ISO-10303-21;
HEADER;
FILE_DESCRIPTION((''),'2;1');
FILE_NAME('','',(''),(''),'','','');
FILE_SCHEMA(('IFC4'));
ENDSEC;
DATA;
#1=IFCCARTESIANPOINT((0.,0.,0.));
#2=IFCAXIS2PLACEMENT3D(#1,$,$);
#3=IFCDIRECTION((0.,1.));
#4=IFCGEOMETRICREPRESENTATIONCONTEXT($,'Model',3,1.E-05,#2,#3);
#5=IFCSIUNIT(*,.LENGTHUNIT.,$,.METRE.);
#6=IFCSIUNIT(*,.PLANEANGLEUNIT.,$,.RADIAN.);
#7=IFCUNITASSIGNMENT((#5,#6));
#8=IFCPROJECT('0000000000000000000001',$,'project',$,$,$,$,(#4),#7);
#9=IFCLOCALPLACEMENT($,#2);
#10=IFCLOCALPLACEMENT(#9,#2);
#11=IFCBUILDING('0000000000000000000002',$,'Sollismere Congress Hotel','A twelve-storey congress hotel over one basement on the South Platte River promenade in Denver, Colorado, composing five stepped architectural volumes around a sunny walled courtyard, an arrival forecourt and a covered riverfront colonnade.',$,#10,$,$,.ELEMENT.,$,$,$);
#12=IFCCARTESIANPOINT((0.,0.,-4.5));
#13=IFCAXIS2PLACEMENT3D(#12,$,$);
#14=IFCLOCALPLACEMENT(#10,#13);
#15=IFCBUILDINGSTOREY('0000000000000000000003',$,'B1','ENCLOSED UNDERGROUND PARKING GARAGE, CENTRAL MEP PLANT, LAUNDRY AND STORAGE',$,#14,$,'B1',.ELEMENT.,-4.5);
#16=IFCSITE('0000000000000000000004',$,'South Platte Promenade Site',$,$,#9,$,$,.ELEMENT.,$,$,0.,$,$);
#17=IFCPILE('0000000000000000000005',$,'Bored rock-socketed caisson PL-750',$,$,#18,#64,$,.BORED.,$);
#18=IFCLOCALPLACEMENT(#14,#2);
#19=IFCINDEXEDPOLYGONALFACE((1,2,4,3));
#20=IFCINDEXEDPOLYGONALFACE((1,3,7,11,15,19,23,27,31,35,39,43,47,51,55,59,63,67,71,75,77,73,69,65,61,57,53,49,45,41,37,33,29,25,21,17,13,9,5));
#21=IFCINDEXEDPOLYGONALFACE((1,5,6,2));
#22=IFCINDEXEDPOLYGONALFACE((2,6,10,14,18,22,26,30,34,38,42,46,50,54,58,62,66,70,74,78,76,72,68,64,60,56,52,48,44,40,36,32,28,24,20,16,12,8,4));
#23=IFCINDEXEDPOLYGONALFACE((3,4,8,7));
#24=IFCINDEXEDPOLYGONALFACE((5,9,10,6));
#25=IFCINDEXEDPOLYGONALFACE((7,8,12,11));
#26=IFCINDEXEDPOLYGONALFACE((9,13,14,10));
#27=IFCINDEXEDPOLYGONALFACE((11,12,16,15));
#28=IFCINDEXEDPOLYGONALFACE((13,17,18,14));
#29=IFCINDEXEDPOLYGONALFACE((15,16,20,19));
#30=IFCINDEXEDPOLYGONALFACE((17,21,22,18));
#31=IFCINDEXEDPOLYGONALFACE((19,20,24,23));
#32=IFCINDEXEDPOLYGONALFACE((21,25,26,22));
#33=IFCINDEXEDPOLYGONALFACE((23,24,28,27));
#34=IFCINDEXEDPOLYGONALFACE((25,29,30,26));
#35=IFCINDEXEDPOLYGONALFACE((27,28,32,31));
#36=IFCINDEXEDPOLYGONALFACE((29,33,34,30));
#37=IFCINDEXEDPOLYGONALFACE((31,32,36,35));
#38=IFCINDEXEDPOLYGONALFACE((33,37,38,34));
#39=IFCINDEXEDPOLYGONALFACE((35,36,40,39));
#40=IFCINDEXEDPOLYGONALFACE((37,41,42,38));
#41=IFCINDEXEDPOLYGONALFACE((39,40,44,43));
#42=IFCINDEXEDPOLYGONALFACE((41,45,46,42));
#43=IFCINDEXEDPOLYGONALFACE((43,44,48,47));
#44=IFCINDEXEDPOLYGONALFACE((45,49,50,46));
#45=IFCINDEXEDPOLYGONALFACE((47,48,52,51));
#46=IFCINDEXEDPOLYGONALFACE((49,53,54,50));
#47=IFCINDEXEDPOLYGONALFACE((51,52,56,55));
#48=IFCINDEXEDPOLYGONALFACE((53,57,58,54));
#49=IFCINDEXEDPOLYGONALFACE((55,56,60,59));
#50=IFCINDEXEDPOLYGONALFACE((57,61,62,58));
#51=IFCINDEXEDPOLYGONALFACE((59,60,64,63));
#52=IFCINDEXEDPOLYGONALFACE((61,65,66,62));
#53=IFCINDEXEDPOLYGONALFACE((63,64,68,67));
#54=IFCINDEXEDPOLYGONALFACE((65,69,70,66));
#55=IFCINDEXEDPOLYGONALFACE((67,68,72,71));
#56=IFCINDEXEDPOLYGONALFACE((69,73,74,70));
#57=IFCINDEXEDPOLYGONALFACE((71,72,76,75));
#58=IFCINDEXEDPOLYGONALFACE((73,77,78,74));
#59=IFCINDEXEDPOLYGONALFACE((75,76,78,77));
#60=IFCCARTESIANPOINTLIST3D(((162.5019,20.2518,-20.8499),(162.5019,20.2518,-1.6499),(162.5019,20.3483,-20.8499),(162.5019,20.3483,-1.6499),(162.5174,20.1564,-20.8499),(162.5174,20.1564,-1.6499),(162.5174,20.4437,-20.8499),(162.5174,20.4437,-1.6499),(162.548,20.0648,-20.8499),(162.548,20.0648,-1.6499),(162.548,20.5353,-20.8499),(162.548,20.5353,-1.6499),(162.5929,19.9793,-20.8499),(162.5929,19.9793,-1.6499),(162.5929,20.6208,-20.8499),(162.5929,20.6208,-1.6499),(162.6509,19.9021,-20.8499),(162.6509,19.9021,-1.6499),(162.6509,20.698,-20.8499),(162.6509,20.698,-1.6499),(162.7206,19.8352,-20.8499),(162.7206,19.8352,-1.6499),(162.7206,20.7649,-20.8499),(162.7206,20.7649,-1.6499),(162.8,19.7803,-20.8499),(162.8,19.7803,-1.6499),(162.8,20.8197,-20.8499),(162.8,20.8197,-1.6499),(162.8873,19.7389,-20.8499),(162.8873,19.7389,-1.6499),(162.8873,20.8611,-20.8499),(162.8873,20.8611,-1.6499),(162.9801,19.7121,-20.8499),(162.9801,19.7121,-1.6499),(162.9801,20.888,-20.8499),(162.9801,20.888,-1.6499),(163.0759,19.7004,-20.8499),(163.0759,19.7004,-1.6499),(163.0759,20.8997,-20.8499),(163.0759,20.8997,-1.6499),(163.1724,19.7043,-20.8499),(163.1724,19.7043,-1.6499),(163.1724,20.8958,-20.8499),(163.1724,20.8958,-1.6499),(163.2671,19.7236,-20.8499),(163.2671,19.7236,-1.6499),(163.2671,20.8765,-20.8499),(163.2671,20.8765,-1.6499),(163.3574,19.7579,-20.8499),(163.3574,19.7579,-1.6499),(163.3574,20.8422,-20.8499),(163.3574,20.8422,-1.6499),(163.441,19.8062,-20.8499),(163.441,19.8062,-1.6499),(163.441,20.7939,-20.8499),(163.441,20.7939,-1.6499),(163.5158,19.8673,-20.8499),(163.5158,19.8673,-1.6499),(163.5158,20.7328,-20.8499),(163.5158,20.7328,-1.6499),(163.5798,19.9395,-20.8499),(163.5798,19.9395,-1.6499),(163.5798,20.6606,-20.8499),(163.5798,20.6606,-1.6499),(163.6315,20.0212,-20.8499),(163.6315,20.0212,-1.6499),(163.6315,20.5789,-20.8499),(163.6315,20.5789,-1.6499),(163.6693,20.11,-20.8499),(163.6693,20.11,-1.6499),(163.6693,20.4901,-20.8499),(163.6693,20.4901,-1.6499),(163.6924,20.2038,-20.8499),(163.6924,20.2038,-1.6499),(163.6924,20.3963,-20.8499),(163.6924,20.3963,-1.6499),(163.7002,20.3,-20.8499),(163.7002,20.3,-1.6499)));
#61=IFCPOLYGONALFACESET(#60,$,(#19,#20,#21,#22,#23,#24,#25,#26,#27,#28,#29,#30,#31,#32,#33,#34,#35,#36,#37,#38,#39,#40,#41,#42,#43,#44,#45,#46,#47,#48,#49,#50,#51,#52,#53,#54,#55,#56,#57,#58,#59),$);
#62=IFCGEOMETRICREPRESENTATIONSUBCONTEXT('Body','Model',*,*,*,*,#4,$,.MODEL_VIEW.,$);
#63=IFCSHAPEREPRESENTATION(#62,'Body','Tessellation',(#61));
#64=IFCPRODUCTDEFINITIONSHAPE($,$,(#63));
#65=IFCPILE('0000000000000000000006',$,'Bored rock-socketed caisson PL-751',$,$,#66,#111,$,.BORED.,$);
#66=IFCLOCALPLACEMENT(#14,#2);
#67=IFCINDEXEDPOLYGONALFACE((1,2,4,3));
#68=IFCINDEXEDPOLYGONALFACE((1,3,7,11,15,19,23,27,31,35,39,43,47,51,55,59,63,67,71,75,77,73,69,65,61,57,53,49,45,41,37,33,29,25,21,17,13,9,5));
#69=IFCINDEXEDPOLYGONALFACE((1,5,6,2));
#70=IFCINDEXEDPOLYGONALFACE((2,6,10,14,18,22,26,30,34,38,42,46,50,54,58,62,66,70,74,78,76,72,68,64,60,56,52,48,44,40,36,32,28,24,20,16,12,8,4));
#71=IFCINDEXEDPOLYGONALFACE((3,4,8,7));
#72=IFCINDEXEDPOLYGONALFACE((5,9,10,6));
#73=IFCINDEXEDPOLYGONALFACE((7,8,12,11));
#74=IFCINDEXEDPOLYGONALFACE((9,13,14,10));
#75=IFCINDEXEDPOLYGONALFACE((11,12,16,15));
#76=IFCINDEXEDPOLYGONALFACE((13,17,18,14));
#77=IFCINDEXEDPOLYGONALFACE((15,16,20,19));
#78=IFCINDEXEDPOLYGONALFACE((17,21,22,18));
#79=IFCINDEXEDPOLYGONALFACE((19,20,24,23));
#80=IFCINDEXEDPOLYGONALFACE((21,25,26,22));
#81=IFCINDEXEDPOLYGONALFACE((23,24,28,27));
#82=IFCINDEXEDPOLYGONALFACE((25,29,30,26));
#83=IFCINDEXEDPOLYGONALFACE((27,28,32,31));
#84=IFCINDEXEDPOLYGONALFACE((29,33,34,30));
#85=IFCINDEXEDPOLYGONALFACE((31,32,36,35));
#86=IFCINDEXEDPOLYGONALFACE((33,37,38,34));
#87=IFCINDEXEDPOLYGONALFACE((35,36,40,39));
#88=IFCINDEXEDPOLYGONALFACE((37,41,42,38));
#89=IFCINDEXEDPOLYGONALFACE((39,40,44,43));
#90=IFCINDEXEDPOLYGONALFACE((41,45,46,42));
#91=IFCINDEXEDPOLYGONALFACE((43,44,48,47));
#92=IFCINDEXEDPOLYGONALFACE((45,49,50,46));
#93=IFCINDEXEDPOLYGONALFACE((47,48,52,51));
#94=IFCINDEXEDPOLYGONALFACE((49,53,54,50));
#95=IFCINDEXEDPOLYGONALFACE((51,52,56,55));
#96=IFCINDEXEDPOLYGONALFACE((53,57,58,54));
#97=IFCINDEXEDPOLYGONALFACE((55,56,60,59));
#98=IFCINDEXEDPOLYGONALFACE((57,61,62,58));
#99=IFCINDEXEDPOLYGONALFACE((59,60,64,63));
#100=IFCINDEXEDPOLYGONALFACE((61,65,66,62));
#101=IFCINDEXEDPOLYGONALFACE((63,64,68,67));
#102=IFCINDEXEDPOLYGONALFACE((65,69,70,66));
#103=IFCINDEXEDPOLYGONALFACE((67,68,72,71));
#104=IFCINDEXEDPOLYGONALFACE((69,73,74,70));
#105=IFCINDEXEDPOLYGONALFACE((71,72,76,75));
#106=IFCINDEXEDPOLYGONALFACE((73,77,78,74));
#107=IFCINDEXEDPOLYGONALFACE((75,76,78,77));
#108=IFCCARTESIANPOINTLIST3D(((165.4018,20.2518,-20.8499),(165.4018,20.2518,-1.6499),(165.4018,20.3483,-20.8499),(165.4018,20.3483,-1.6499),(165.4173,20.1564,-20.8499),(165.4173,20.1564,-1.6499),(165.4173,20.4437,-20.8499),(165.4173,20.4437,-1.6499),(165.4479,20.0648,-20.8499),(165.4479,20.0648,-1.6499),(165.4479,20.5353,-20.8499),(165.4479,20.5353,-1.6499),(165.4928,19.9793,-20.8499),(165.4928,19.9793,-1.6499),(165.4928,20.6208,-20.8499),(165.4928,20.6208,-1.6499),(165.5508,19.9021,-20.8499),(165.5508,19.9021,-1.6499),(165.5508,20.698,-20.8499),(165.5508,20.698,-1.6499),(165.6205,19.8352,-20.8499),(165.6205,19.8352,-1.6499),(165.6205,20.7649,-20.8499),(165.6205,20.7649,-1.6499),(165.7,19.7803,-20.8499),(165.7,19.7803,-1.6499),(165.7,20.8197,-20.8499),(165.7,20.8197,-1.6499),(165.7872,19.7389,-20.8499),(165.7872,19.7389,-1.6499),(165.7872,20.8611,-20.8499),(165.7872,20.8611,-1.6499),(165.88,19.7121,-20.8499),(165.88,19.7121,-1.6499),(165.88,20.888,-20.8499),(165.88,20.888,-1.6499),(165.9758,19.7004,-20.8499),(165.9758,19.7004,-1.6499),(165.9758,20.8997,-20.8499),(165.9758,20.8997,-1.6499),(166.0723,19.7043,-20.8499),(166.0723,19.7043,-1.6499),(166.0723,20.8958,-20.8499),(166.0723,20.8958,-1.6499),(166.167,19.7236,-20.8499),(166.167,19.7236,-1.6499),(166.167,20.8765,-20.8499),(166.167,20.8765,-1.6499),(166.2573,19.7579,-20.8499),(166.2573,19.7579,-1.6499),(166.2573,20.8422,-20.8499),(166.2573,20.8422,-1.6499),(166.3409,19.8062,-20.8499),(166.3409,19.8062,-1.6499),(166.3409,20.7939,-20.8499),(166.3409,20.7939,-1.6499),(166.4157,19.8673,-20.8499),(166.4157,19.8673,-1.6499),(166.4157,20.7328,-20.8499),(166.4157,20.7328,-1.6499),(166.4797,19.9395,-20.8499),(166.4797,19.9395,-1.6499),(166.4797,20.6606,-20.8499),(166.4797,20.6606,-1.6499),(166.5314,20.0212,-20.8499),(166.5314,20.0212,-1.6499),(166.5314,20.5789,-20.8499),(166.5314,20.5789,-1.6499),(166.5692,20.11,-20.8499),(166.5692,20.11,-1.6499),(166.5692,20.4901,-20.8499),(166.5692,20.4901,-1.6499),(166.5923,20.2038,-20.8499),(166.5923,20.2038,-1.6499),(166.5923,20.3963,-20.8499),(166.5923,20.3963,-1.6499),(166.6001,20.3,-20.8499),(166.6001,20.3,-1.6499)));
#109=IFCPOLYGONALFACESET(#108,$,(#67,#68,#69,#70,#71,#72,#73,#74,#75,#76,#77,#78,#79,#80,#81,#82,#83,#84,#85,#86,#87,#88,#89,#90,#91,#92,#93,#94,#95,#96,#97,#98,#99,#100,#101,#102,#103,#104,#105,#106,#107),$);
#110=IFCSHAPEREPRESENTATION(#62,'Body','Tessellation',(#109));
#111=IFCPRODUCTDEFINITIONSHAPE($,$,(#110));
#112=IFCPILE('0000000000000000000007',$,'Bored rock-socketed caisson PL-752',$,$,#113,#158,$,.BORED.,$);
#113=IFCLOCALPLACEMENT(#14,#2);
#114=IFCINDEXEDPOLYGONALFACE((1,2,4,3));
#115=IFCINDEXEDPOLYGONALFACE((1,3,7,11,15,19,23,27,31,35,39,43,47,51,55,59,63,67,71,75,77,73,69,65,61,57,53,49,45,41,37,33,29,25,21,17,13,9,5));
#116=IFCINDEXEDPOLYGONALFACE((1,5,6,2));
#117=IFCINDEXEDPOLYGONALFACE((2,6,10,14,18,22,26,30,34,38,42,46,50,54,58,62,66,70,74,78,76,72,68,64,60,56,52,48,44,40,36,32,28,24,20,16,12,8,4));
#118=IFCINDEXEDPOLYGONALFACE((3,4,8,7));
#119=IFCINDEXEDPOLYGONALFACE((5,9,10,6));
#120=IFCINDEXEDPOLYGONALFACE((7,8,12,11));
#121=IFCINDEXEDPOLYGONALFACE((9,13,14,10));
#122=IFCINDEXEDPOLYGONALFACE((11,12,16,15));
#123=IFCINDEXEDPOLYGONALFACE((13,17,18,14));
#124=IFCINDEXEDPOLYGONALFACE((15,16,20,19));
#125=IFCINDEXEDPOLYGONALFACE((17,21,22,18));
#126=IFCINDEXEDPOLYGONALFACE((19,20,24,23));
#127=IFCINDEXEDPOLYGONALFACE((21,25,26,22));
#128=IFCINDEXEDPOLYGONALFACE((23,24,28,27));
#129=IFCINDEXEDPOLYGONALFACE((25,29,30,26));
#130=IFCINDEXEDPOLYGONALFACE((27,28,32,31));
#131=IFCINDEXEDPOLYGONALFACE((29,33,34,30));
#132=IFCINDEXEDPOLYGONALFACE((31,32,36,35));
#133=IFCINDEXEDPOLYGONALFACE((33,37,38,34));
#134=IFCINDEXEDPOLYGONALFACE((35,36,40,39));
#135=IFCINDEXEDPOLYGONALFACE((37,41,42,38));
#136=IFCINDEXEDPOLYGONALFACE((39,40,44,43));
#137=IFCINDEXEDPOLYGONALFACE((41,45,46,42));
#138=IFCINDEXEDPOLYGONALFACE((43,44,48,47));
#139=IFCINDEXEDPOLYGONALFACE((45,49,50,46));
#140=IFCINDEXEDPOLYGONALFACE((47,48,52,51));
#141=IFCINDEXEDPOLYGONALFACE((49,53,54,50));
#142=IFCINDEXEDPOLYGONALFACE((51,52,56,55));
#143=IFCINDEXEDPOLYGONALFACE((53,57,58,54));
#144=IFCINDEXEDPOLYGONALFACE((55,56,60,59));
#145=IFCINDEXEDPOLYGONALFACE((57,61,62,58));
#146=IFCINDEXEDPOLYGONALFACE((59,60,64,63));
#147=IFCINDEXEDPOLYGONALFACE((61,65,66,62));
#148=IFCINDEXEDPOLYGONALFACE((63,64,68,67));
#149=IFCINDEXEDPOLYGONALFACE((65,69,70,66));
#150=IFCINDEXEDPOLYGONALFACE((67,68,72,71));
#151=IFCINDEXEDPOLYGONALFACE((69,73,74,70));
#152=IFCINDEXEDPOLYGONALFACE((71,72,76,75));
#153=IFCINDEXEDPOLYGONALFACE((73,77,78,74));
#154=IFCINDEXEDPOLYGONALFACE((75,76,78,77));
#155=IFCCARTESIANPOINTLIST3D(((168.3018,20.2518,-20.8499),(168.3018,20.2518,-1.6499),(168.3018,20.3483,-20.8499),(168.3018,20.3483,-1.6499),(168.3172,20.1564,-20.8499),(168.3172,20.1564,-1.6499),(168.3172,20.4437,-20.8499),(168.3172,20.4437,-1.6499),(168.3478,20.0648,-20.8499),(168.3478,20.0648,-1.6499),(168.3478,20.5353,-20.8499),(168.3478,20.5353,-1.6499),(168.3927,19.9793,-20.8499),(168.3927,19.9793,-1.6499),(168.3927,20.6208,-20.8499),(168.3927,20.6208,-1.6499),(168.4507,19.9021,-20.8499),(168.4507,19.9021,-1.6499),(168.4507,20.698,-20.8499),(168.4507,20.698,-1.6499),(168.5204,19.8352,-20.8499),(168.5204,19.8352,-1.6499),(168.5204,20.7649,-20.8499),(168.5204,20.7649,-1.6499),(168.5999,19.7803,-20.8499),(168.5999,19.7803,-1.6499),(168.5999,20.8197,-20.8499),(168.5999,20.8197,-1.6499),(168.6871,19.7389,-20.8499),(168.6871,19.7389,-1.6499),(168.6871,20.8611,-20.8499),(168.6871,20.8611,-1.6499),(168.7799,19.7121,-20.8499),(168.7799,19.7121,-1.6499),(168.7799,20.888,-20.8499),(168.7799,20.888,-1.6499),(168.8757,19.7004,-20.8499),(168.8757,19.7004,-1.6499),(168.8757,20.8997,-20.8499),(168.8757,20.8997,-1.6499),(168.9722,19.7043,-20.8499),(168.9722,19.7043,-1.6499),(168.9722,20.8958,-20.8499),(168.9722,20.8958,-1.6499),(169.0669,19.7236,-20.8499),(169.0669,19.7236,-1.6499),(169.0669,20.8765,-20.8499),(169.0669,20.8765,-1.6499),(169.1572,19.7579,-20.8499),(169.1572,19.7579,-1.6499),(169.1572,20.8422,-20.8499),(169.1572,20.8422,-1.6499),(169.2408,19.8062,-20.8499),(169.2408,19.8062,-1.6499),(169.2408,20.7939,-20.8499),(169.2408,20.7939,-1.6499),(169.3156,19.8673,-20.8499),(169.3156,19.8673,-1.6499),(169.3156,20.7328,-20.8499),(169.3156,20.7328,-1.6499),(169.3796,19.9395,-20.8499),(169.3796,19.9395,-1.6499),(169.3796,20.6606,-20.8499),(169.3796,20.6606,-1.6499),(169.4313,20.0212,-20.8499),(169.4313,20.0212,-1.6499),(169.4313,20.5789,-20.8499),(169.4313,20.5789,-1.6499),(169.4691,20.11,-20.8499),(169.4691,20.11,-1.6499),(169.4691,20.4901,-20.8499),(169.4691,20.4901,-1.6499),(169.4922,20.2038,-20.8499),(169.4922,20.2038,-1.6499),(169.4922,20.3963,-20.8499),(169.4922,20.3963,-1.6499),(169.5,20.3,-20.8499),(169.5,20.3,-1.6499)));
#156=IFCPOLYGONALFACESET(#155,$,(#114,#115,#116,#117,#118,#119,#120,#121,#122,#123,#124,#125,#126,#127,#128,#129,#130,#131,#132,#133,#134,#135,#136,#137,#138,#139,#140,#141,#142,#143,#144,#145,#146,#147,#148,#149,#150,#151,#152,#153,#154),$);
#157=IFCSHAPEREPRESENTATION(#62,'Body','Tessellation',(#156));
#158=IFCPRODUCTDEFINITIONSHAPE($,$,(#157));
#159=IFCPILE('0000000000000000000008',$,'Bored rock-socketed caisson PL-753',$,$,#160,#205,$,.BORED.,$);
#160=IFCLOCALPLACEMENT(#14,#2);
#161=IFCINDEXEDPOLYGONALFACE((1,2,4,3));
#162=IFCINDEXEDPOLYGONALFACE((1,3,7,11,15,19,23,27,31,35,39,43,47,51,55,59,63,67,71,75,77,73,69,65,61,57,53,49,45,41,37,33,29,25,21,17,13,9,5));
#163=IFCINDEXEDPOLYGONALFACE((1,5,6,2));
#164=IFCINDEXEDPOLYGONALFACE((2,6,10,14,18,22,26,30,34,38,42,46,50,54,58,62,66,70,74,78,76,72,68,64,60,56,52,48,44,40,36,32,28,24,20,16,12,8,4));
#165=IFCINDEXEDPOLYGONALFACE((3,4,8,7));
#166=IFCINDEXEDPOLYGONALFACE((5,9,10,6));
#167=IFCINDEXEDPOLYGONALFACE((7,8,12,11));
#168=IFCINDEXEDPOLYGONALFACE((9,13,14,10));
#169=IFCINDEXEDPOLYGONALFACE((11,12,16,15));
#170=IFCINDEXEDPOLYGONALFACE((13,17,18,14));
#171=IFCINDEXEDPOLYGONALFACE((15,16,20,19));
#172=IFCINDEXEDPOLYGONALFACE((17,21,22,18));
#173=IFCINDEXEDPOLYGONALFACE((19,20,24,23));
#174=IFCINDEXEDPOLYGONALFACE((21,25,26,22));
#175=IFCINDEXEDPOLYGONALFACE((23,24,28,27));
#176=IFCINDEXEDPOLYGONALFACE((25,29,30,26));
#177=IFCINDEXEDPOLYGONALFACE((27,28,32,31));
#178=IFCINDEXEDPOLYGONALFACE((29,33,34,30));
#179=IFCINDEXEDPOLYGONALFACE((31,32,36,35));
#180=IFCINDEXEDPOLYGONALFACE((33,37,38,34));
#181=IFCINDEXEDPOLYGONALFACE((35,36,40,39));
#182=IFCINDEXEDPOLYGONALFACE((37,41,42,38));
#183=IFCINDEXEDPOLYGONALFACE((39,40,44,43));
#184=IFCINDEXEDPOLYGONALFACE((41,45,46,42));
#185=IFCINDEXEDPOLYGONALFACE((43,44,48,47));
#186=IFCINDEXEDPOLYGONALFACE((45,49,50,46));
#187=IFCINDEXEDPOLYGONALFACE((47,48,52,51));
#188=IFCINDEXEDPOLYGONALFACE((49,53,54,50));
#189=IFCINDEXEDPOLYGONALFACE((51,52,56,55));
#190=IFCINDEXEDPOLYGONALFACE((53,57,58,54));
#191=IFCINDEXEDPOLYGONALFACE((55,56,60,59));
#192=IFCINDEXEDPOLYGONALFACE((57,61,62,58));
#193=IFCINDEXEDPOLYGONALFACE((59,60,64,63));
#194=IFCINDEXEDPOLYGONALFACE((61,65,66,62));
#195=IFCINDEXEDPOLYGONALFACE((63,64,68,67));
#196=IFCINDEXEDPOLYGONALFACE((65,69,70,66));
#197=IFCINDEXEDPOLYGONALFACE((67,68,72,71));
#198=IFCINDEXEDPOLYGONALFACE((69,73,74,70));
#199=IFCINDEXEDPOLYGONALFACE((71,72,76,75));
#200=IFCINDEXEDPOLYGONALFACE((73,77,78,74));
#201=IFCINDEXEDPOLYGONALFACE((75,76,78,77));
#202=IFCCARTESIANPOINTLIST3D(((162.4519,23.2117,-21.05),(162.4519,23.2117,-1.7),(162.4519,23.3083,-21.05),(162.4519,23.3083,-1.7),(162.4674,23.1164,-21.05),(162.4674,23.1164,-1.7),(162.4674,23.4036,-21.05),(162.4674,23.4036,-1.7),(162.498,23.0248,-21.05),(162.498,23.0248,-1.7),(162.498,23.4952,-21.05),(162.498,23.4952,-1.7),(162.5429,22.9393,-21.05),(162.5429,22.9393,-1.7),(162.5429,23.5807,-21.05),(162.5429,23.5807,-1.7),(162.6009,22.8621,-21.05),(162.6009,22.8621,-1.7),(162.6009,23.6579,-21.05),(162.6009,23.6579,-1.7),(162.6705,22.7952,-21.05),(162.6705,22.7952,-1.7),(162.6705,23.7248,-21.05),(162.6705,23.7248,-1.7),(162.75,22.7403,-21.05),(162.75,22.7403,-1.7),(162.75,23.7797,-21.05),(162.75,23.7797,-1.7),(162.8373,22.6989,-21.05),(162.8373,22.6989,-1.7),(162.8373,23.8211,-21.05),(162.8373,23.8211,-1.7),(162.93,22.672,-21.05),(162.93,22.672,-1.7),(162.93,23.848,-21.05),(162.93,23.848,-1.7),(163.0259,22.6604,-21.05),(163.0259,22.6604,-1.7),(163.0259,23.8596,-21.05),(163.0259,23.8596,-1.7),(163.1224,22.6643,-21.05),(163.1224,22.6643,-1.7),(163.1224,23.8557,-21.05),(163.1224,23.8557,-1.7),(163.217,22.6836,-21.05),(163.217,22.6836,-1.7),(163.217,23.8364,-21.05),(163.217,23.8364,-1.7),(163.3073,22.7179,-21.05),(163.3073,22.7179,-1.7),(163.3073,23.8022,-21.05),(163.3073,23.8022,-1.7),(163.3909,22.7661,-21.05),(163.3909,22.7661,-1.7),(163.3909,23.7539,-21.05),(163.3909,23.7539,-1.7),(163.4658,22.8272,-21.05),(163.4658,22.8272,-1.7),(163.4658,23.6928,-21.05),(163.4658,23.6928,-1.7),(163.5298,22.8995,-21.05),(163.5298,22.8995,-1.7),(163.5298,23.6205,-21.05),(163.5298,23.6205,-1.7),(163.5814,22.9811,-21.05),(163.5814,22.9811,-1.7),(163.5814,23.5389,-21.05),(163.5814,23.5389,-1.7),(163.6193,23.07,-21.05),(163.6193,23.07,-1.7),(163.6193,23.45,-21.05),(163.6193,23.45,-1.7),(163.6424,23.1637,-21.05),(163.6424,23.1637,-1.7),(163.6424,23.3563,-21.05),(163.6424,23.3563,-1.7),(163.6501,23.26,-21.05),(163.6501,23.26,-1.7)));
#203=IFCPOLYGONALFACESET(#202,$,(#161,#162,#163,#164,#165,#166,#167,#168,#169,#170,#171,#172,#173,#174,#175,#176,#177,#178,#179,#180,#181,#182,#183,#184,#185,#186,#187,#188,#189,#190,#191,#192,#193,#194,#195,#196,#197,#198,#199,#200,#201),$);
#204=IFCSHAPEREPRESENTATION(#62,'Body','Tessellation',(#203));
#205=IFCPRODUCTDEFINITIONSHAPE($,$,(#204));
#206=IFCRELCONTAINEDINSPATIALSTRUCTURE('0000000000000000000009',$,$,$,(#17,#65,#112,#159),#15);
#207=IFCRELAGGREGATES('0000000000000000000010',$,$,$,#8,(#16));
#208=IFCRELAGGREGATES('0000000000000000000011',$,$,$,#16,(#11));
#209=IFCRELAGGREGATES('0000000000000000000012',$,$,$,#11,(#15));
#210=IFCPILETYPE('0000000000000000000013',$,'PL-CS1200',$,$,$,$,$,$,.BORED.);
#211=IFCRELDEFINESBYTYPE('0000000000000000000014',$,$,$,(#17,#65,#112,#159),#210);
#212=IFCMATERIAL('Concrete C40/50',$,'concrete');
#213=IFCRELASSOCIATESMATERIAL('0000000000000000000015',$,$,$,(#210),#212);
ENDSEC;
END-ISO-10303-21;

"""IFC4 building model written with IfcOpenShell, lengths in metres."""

from ifc_helpers import new_model, si_unit, direction, frame, origin, origin_2d, place, context, subcontext, project, spatial, circle, extrude, material, material_profile, profile_set, type_object, element, save


model = new_model("IFC4")

# Units and contexts
model_context = context("Model", 3, precision=1e-05, world=origin(), true_north=direction((0.0, 1.0)))
body_context = subcontext(model_context, "Body", "Model", "MODEL_VIEW")
ifc_project = project(units=[si_unit("LENGTHUNIT", "METRE"), si_unit("PLANEANGLEUNIT", "RADIAN")], contexts=[model_context])

# Site, building, storey
site_placement = place(None, origin())
site = spatial("IfcSite", under=ifc_project, at=site_placement, Name="South Platte Promenade Site", CompositionType="ELEMENT", RefElevation=0.0)
building_placement = place(site_placement, origin())
building = spatial("IfcBuilding", under=site, at=building_placement, Name="Sollismere Congress Hotel", Description="A twelve-storey congress hotel over one basement on the South Platte River promenade in Denver, Colorado, composing five stepped architectural volumes around a sunny walled courtyard, an arrival forecourt and a covered riverfront colonnade.", CompositionType="ELEMENT")
storey_placement = place(building_placement, frame((0.0, 0.0, -4.5)))
storey = spatial("IfcBuildingStorey", under=building, at=storey_placement, Name="B1", Description="ENCLOSED UNDERGROUND PARKING GARAGE, CENTRAL MEP PLANT, LAUNDRY AND STORAGE", LongName="B1", CompositionType="ELEMENT", Elevation=-4.5)

# Shared definitions
ifc_material_1 = material(Name="Concrete C40/50", Category="concrete")

# Piles
ifc_material_profile_1 = material_profile(ifc_material_1, circle(Radius=0.6001, at=origin_2d()), Name="CAISSON1200")
ifc_profile_set_1 = profile_set([ifc_material_profile_1], Name="Concrete C40/50")
pile_type = type_object("IfcPileType", Name="PL-CS1200", PredefinedType="BORED", material=ifc_profile_set_1)
for number, where, z_axis, x_axis, name in (
    (1, (163.1001, 20.3, -1.6499), (0.0, 0.0, -1.0), (1.0, 0.0, 0.0), "Bored rock-socketed caisson PL-750"),
    (2, (166.0, 20.3, -1.6499), (0.0, 0.0, -1.0), (1.0, 0.0, 0.0), "Bored rock-socketed caisson PL-751"),
    (3, (168.8999, 20.3, -1.6499), (0.0, 0.0, -1.0), (1.0, 0.0, 0.0), "Bored rock-socketed caisson PL-752"),
):
    element("IfcPile", number, at=place(storey_placement, frame(where, z_axis=z_axis, x_axis=x_axis)), inside=storey, type_object=pile_type, Name=name, PredefinedType="BORED", context=body_context, shape_type="SweptSolid", body=[
        extrude(circle(Radius=0.6001, at=origin_2d()), origin(), (0.0, 0.0, 1.0), 19.2),
    ])
for number, where, z_axis, x_axis, name in (
    (4, (163.05, 23.26, -1.7), (0.0, 0.0, -1.0), (1.0, 0.0, 0.0), "Bored rock-socketed caisson PL-753"),
):
    element("IfcPile", number, at=place(storey_placement, frame(where, z_axis=z_axis, x_axis=x_axis)), inside=storey, type_object=pile_type, Name=name, PredefinedType="BORED", context=body_context, shape_type="SweptSolid", body=[
        extrude(circle(Radius=0.6001, at=origin_2d()), origin(), (0.0, 0.0, 1.0), 19.3501),
    ])

save(model, "model.ifc")
